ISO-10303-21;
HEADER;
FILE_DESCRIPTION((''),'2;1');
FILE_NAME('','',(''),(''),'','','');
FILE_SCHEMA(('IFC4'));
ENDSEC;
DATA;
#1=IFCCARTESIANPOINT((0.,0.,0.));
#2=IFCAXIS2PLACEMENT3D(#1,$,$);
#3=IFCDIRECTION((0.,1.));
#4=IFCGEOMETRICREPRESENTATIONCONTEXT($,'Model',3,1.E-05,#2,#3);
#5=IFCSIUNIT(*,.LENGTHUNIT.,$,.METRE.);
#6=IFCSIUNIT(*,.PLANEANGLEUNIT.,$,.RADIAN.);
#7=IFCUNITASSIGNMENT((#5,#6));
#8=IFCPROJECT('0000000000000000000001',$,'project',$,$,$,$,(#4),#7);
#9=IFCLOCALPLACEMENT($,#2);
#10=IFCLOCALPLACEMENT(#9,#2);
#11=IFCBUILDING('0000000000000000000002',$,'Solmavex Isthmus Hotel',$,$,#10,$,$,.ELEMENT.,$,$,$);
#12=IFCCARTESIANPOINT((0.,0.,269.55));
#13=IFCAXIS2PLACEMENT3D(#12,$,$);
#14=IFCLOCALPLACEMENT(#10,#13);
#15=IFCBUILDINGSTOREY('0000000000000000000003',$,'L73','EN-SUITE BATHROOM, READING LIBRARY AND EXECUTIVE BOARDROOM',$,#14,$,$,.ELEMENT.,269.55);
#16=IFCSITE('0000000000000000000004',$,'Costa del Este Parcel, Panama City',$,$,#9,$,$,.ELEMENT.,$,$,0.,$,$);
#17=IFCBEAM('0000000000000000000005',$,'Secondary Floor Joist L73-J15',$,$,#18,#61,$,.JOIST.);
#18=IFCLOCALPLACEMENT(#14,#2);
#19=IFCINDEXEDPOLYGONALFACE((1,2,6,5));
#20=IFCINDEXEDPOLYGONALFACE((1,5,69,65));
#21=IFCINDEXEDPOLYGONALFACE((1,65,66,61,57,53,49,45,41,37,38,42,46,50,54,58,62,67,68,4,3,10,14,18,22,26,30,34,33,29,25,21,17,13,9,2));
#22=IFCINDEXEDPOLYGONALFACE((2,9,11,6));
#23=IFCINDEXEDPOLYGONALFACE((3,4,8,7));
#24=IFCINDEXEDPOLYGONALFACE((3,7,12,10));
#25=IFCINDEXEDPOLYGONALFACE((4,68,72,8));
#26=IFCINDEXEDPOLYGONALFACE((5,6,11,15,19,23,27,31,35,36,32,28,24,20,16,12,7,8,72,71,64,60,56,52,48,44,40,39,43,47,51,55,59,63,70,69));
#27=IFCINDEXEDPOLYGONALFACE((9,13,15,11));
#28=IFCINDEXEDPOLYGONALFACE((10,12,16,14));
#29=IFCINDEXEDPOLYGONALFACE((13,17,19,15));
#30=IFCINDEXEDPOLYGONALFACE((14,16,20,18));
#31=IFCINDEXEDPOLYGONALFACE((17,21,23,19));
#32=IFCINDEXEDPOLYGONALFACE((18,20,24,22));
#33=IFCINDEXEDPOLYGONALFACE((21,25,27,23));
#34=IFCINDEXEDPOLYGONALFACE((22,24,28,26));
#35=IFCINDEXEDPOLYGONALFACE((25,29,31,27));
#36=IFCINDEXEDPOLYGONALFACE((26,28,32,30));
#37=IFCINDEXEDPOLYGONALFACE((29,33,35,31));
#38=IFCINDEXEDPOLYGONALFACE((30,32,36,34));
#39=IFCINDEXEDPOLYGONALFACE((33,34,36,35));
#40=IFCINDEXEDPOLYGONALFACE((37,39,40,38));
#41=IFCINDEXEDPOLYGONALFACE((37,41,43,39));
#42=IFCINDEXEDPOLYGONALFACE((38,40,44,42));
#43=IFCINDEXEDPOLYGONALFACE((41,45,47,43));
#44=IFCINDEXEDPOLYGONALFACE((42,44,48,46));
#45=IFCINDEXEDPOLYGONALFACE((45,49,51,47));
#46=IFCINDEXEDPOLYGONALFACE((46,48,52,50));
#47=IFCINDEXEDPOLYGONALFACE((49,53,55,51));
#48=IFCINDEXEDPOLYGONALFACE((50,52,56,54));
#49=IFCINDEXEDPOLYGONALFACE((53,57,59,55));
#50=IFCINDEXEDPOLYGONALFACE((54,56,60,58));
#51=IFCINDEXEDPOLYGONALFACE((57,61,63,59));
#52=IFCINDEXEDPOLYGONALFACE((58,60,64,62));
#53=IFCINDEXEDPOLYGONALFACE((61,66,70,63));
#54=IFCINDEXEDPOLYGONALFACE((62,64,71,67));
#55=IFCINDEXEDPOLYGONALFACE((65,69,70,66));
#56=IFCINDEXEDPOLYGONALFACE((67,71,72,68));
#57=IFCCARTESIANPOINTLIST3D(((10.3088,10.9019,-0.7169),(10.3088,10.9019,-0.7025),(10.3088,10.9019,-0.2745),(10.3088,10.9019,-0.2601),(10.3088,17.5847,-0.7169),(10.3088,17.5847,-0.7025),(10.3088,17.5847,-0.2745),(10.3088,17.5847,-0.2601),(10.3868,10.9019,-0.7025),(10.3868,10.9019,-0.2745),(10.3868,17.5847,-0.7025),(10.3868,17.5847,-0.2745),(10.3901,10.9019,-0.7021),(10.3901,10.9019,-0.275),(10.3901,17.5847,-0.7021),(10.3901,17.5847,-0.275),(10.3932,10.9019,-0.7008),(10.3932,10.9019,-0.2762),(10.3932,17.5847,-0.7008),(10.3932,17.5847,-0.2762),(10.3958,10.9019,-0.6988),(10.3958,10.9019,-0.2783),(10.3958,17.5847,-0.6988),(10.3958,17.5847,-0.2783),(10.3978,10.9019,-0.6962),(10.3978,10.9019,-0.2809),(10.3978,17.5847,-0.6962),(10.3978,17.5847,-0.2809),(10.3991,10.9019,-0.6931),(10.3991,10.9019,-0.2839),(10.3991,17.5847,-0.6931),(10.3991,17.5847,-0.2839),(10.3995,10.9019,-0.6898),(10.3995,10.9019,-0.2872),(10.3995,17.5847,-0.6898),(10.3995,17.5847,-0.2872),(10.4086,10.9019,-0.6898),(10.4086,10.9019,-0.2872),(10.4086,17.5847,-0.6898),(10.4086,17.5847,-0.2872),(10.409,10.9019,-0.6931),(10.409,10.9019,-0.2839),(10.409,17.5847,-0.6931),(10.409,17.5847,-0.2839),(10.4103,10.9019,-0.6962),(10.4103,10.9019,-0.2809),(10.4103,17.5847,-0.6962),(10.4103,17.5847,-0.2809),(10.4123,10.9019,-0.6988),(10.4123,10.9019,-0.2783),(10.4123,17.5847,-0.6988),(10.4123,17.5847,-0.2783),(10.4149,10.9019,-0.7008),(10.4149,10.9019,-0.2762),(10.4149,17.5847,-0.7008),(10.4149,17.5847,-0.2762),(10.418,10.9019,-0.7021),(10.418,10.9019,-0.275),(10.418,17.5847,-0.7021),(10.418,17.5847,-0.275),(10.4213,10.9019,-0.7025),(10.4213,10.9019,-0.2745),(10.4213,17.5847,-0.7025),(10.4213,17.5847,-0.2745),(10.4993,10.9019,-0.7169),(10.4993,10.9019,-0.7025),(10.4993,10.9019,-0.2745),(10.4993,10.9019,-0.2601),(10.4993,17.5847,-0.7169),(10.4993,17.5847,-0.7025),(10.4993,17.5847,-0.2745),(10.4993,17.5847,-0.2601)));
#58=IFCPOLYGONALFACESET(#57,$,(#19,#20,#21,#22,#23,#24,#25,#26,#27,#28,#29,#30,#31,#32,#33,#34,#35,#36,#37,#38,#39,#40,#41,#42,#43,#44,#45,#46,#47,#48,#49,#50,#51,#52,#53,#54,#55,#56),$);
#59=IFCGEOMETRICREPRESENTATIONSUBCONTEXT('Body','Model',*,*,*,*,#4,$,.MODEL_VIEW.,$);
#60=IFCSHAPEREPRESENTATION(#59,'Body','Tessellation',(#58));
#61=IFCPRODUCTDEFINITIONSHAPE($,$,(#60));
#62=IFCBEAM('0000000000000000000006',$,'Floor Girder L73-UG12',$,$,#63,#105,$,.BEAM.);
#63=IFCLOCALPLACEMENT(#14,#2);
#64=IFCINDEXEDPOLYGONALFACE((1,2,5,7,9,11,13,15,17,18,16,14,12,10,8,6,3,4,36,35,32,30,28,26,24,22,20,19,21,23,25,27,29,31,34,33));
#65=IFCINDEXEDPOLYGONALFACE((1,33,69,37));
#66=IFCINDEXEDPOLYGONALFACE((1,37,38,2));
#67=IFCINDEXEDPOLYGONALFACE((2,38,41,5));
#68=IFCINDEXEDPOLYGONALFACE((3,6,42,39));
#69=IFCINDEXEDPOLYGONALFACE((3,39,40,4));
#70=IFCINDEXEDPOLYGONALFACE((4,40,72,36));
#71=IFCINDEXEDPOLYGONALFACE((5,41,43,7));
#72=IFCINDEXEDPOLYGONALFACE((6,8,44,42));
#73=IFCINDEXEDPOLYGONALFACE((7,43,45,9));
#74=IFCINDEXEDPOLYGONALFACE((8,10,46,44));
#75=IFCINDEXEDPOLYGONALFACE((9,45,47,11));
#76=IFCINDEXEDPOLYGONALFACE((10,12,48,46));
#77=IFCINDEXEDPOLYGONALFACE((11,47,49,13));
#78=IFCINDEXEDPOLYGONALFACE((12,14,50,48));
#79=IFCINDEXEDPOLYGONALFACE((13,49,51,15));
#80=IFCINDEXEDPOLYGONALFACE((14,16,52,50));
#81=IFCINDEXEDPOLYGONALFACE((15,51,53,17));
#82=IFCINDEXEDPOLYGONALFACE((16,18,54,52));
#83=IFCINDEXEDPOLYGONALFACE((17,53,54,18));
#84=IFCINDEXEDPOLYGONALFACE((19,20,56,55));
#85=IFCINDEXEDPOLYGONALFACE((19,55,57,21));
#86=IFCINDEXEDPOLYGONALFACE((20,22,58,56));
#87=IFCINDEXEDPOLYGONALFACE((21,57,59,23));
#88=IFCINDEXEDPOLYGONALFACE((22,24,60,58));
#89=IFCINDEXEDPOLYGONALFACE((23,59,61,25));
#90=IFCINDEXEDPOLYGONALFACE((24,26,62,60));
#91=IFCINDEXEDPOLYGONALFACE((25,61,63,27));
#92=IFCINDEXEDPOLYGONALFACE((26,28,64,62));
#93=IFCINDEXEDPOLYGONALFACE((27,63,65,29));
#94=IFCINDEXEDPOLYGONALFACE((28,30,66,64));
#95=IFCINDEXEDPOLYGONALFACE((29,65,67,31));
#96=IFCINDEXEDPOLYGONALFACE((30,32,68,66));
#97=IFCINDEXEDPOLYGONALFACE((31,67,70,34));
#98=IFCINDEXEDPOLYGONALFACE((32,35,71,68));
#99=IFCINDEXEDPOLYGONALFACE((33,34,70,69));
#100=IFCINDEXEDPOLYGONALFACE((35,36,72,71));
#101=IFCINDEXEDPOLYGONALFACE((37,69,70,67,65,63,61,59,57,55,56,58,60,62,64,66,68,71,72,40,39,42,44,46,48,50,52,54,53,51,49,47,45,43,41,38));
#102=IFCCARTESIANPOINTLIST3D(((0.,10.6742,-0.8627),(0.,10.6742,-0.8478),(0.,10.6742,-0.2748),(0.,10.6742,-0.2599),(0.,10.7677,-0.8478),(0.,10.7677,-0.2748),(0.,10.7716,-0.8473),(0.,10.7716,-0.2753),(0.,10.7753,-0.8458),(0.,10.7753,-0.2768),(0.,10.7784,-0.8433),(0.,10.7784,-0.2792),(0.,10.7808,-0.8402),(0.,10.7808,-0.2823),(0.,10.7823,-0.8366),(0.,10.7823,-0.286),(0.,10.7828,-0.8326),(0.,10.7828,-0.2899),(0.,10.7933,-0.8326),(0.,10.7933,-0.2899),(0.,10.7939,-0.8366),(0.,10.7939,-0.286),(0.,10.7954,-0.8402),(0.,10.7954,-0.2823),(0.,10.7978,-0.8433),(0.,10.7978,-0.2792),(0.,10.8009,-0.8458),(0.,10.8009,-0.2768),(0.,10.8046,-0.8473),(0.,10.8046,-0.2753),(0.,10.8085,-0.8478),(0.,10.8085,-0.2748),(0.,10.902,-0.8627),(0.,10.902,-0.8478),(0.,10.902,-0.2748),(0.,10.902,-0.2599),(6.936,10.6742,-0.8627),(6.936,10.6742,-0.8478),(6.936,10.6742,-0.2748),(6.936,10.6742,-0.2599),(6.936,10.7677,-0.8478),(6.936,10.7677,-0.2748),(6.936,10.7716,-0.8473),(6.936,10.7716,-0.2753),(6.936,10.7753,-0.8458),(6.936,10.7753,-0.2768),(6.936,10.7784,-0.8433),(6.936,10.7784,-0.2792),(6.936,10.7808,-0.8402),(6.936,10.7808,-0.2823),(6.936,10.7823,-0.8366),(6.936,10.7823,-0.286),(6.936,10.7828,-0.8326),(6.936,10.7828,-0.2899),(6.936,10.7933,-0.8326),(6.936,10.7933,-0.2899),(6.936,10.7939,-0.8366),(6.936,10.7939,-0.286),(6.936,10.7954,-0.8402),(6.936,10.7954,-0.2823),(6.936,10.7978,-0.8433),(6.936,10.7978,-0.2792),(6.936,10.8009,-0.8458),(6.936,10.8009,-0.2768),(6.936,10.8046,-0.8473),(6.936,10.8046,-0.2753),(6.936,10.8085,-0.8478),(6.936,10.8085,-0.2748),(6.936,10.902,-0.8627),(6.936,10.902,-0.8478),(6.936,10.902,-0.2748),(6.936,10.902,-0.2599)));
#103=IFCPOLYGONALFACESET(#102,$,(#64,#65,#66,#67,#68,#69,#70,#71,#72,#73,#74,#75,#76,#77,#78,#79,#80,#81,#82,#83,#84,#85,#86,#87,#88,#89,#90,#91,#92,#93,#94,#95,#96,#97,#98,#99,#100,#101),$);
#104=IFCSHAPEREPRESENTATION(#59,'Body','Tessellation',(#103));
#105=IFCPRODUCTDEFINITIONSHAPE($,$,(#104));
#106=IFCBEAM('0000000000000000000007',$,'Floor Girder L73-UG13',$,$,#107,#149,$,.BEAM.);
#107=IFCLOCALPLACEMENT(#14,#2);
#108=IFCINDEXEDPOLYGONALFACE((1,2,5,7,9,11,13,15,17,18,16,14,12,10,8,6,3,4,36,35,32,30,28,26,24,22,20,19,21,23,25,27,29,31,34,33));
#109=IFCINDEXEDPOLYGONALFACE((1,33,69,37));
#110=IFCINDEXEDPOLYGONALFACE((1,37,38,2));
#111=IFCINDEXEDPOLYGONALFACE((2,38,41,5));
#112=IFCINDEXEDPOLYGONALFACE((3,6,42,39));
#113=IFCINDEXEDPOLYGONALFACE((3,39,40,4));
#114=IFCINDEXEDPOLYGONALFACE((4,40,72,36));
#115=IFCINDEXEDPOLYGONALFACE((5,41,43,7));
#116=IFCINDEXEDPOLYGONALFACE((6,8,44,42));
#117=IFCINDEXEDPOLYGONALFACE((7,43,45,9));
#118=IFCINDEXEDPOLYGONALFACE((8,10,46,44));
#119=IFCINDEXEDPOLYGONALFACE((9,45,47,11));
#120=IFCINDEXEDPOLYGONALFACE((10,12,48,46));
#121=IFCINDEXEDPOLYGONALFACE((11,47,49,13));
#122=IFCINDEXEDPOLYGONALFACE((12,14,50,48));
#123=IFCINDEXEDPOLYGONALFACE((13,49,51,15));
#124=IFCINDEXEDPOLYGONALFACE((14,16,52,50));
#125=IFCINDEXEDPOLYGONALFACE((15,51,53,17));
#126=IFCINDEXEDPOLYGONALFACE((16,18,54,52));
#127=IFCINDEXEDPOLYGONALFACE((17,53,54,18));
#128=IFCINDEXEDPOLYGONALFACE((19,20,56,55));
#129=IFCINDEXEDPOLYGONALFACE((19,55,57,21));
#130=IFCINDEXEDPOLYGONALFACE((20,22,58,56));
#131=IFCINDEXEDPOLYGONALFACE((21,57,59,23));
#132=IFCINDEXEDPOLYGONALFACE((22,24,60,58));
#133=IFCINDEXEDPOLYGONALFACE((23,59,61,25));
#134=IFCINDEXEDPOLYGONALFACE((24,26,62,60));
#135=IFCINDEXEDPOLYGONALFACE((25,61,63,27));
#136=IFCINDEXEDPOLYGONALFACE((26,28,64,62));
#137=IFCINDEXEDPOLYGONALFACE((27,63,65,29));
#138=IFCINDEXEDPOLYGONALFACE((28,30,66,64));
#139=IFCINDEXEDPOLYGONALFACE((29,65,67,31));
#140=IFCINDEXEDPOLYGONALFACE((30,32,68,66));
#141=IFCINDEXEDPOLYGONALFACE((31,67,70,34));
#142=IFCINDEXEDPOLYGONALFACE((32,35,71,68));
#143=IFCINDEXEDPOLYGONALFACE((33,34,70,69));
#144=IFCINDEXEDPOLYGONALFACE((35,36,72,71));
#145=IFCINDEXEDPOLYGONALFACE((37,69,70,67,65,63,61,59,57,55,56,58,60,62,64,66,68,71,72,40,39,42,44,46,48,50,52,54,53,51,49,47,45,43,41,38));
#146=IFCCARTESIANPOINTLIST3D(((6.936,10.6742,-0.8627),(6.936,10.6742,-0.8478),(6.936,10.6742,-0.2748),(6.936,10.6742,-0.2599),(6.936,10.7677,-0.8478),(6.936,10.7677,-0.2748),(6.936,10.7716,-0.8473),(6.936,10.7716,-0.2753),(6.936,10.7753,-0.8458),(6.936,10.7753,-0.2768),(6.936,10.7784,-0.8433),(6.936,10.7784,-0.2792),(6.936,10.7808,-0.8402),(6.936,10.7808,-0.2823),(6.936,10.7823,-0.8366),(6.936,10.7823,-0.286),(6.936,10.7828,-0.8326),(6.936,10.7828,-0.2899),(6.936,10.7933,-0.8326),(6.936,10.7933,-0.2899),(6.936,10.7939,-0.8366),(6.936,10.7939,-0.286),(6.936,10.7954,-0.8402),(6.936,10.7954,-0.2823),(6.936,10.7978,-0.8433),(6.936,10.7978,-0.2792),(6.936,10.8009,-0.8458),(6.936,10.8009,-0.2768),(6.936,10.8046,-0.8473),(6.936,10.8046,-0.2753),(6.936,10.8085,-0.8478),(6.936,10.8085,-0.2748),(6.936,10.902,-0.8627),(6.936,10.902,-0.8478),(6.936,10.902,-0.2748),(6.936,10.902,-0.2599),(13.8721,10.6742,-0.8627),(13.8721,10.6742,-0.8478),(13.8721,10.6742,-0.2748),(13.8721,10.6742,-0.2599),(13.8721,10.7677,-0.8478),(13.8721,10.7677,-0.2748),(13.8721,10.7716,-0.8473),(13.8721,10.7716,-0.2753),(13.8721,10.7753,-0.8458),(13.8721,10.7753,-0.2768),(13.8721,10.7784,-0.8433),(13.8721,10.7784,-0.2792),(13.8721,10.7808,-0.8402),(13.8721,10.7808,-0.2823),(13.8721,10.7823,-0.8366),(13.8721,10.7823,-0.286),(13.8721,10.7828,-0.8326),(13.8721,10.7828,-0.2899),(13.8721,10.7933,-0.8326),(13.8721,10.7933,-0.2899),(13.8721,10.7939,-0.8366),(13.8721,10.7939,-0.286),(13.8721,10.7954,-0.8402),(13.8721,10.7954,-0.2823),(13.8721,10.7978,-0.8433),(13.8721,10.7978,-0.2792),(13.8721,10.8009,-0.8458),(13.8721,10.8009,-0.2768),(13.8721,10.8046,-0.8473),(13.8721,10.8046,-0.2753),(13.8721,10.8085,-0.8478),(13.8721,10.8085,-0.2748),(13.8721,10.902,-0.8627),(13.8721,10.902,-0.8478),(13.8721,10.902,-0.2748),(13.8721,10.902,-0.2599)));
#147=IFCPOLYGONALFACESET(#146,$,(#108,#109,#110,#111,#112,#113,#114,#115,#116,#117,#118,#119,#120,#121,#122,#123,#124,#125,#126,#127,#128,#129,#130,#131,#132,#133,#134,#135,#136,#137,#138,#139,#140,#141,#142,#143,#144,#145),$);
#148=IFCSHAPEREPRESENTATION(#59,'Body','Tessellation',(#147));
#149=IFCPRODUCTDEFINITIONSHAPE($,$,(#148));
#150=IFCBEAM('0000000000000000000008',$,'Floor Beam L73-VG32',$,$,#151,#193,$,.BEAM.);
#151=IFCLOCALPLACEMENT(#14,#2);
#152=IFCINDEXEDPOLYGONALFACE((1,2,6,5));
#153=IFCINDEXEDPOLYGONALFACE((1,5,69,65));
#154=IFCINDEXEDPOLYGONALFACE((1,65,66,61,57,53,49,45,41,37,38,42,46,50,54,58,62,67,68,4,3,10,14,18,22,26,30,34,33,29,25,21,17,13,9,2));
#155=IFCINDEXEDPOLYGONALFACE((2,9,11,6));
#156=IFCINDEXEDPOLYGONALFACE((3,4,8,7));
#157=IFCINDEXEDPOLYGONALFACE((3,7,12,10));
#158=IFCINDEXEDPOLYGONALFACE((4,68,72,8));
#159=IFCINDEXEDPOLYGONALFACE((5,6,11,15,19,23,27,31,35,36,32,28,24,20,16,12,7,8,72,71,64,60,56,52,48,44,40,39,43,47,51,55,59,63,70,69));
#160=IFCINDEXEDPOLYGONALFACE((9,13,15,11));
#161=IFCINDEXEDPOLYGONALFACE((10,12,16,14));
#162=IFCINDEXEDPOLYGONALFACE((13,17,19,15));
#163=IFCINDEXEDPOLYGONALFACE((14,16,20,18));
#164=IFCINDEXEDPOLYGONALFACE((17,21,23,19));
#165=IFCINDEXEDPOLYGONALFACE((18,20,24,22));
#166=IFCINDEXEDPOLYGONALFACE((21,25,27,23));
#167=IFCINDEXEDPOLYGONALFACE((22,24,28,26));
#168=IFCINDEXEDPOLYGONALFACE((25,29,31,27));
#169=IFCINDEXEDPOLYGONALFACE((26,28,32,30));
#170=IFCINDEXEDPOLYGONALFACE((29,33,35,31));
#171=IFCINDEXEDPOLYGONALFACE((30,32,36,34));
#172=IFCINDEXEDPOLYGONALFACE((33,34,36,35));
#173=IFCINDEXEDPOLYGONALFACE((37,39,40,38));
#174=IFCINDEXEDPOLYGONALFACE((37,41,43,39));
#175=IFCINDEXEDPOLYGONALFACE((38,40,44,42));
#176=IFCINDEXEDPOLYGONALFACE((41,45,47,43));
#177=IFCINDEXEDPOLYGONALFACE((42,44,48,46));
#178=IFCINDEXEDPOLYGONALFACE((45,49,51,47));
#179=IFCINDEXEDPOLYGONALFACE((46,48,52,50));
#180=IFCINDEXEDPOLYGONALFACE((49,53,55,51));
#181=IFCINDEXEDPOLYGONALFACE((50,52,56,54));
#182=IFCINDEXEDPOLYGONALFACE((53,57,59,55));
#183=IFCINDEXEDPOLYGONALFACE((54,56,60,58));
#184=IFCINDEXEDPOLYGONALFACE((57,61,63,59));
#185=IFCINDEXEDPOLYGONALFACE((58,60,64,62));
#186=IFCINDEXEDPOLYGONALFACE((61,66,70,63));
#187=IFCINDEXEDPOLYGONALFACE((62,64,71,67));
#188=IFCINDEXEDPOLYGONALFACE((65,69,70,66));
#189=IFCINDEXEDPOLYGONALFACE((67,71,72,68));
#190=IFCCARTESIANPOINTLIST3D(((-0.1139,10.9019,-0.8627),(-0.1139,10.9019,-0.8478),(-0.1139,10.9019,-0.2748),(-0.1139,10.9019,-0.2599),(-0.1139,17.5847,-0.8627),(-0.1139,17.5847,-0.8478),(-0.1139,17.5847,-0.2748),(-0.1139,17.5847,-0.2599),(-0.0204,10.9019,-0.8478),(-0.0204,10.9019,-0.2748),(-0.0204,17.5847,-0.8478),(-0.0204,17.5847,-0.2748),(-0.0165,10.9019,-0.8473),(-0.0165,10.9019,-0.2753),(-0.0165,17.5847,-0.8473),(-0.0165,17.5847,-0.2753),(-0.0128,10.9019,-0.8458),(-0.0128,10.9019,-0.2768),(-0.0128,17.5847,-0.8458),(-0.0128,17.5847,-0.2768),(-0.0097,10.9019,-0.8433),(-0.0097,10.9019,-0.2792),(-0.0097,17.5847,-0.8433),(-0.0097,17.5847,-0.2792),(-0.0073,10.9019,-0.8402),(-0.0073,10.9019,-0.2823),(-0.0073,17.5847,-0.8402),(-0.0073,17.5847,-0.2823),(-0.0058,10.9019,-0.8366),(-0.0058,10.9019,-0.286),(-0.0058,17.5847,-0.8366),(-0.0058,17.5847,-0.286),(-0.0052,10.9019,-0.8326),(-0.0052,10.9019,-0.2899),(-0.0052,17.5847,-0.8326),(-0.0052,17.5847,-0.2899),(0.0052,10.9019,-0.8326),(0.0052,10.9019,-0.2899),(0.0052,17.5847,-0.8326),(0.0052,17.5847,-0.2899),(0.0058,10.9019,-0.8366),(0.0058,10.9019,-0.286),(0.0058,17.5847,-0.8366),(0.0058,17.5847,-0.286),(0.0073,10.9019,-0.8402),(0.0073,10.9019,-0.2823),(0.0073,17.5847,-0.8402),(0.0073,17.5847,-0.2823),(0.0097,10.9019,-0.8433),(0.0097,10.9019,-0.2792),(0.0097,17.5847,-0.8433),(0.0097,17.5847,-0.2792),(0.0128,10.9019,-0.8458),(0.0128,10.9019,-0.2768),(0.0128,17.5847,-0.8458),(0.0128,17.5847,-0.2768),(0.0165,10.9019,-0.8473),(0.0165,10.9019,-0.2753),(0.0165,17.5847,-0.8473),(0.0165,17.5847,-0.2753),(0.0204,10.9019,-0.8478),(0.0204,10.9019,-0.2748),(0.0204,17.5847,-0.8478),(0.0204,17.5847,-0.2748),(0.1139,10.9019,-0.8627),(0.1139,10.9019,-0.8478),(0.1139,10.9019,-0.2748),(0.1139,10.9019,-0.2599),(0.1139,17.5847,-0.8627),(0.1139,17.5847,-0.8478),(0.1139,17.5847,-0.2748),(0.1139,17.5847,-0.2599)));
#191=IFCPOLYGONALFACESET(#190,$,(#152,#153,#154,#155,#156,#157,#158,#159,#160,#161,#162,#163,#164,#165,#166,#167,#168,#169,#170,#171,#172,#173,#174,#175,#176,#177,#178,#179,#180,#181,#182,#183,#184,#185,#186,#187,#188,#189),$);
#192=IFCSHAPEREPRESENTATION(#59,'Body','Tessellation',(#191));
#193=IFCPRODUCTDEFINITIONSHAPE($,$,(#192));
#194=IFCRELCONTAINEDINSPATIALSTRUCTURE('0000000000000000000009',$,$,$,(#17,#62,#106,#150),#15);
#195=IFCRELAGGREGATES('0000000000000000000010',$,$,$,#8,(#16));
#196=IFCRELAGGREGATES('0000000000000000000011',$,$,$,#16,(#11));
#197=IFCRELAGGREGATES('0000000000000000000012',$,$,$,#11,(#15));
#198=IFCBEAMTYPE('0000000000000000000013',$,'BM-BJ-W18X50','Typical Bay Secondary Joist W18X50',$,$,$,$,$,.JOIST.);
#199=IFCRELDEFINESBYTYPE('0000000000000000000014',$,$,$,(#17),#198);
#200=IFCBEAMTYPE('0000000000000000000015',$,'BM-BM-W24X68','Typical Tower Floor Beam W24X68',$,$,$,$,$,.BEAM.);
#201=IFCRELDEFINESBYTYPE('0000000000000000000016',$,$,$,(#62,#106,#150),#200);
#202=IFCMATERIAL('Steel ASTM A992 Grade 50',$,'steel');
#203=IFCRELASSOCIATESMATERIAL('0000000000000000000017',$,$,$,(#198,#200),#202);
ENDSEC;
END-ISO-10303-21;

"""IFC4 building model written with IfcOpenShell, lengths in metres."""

from ifc_helpers import new_model, si_unit, direction, frame, origin, origin_2d, place, context, subcontext, project, spatial, i_section, extrude, material, material_profile, profile_set, type_object, element, save


model = new_model("IFC4")

# Units and contexts
model_context = context("Model", 3, precision=1e-05, world=origin(), true_north=direction((0.0, 1.0)))
body_context = subcontext(model_context, "Body", "Model", "MODEL_VIEW")
ifc_project = project(units=[si_unit("LENGTHUNIT", "METRE"), si_unit("PLANEANGLEUNIT", "RADIAN")], contexts=[model_context])

# Site, building, storey
site_placement = place(None, origin())
site = spatial("IfcSite", under=ifc_project, at=site_placement, Name="Costa del Este Parcel, Panama City", CompositionType="ELEMENT", RefElevation=0.0)
building_placement = place(site_placement, origin())
building = spatial("IfcBuilding", under=site, at=building_placement, Name="Solmavex Isthmus Hotel", CompositionType="ELEMENT")
storey_placement = place(building_placement, frame((0.0, 0.0, 269.55)))
storey = spatial("IfcBuildingStorey", under=building, at=storey_placement, Name="L73", Description="EN-SUITE BATHROOM, READING LIBRARY AND EXECUTIVE BOARDROOM", CompositionType="ELEMENT", Elevation=269.55)

# Beams
ifc_material_1 = material(Name="Steel ASTM A992 Grade 50", Category="steel")
ifc_material_profile_1 = material_profile(ifc_material_1, i_section(OverallWidth=0.1904, OverallDepth=0.4568, WebThickness=0.009, FlangeThickness=0.0144, FilletRadius=0.0127, at=origin_2d()), Name="W18X50")
ifc_profile_set_1 = profile_set([ifc_material_profile_1], Name="Steel ASTM A992 Grade 50")
beam_type_1 = type_object("IfcBeamType", Name="BM-BJ-W18X50", Description="Typical Bay Secondary Joist W18X50", PredefinedType="JOIST", material=ifc_profile_set_1)
for number, where, z_axis, x_axis, name in (
    (1, (10.4041, 10.9019, -0.4885), (0.0, 1.0, 0.0), (-1.0, 0.0, 0.0), "Secondary Floor Joist L73-J15"),
):
    element("IfcBeam", number, at=place(storey_placement, frame(where, z_axis=z_axis, x_axis=x_axis)), inside=storey, type_object=beam_type_1, Name=name, PredefinedType="JOIST", context=body_context, shape_type="SweptSolid", body=[
        extrude(i_section(OverallWidth=0.1904, OverallDepth=0.4568, WebThickness=0.009, FlangeThickness=0.0144, FilletRadius=0.0127, at=origin_2d()), origin(), (0.0, 0.0, 1.0), 6.6829),
    ])
ifc_material_profile_2 = material_profile(ifc_material_1, i_section(OverallWidth=0.2278, OverallDepth=0.6028, WebThickness=0.0105, FlangeThickness=0.0149, FilletRadius=0.0151, at=origin_2d()), Name="W24X68")
ifc_profile_set_2 = profile_set([ifc_material_profile_2], Name="Steel ASTM A992 Grade 50")
beam_type_2 = type_object("IfcBeamType", Name="BM-BM-W24X68", Description="Typical Tower Floor Beam W24X68", PredefinedType="BEAM", material=ifc_profile_set_2)
for number, where, z_axis, x_axis, name in (
    (2, (0.0, 10.7881, -0.5613), (1.0, 0.0, 0.0), (0.0, 1.0, 0.0), "Floor Girder L73-UG12"),
    (3, (6.936, 10.7881, -0.5613), (1.0, 0.0, 0.0), (0.0, 1.0, 0.0), "Floor Girder L73-UG13"),
):
    element("IfcBeam", number, at=place(storey_placement, frame(where, z_axis=z_axis, x_axis=x_axis)), inside=storey, type_object=beam_type_2, Name=name, PredefinedType="BEAM", context=body_context, shape_type="SweptSolid", body=[
        extrude(i_section(OverallWidth=0.2278, OverallDepth=0.6028, WebThickness=0.0105, FlangeThickness=0.0149, FilletRadius=0.0151, at=origin_2d()), origin(), (0.0, 0.0, 1.0), 6.936),
    ])
for number, where, z_axis, x_axis, name in (
    (4, (0.0, 10.9019, -0.5613), (0.0, 1.0, 0.0), (-1.0, 0.0, 0.0), "Floor Beam L73-VG32"),
):
    element("IfcBeam", number, at=place(storey_placement, frame(where, z_axis=z_axis, x_axis=x_axis)), inside=storey, type_object=beam_type_2, Name=name, PredefinedType="BEAM", context=body_context, shape_type="SweptSolid", body=[
        extrude(i_section(OverallWidth=0.2278, OverallDepth=0.6028, WebThickness=0.0105, FlangeThickness=0.0149, FilletRadius=0.0151, at=origin_2d()), origin(), (0.0, 0.0, 1.0), 6.6829),
    ])

save(model, "model.ifc")
